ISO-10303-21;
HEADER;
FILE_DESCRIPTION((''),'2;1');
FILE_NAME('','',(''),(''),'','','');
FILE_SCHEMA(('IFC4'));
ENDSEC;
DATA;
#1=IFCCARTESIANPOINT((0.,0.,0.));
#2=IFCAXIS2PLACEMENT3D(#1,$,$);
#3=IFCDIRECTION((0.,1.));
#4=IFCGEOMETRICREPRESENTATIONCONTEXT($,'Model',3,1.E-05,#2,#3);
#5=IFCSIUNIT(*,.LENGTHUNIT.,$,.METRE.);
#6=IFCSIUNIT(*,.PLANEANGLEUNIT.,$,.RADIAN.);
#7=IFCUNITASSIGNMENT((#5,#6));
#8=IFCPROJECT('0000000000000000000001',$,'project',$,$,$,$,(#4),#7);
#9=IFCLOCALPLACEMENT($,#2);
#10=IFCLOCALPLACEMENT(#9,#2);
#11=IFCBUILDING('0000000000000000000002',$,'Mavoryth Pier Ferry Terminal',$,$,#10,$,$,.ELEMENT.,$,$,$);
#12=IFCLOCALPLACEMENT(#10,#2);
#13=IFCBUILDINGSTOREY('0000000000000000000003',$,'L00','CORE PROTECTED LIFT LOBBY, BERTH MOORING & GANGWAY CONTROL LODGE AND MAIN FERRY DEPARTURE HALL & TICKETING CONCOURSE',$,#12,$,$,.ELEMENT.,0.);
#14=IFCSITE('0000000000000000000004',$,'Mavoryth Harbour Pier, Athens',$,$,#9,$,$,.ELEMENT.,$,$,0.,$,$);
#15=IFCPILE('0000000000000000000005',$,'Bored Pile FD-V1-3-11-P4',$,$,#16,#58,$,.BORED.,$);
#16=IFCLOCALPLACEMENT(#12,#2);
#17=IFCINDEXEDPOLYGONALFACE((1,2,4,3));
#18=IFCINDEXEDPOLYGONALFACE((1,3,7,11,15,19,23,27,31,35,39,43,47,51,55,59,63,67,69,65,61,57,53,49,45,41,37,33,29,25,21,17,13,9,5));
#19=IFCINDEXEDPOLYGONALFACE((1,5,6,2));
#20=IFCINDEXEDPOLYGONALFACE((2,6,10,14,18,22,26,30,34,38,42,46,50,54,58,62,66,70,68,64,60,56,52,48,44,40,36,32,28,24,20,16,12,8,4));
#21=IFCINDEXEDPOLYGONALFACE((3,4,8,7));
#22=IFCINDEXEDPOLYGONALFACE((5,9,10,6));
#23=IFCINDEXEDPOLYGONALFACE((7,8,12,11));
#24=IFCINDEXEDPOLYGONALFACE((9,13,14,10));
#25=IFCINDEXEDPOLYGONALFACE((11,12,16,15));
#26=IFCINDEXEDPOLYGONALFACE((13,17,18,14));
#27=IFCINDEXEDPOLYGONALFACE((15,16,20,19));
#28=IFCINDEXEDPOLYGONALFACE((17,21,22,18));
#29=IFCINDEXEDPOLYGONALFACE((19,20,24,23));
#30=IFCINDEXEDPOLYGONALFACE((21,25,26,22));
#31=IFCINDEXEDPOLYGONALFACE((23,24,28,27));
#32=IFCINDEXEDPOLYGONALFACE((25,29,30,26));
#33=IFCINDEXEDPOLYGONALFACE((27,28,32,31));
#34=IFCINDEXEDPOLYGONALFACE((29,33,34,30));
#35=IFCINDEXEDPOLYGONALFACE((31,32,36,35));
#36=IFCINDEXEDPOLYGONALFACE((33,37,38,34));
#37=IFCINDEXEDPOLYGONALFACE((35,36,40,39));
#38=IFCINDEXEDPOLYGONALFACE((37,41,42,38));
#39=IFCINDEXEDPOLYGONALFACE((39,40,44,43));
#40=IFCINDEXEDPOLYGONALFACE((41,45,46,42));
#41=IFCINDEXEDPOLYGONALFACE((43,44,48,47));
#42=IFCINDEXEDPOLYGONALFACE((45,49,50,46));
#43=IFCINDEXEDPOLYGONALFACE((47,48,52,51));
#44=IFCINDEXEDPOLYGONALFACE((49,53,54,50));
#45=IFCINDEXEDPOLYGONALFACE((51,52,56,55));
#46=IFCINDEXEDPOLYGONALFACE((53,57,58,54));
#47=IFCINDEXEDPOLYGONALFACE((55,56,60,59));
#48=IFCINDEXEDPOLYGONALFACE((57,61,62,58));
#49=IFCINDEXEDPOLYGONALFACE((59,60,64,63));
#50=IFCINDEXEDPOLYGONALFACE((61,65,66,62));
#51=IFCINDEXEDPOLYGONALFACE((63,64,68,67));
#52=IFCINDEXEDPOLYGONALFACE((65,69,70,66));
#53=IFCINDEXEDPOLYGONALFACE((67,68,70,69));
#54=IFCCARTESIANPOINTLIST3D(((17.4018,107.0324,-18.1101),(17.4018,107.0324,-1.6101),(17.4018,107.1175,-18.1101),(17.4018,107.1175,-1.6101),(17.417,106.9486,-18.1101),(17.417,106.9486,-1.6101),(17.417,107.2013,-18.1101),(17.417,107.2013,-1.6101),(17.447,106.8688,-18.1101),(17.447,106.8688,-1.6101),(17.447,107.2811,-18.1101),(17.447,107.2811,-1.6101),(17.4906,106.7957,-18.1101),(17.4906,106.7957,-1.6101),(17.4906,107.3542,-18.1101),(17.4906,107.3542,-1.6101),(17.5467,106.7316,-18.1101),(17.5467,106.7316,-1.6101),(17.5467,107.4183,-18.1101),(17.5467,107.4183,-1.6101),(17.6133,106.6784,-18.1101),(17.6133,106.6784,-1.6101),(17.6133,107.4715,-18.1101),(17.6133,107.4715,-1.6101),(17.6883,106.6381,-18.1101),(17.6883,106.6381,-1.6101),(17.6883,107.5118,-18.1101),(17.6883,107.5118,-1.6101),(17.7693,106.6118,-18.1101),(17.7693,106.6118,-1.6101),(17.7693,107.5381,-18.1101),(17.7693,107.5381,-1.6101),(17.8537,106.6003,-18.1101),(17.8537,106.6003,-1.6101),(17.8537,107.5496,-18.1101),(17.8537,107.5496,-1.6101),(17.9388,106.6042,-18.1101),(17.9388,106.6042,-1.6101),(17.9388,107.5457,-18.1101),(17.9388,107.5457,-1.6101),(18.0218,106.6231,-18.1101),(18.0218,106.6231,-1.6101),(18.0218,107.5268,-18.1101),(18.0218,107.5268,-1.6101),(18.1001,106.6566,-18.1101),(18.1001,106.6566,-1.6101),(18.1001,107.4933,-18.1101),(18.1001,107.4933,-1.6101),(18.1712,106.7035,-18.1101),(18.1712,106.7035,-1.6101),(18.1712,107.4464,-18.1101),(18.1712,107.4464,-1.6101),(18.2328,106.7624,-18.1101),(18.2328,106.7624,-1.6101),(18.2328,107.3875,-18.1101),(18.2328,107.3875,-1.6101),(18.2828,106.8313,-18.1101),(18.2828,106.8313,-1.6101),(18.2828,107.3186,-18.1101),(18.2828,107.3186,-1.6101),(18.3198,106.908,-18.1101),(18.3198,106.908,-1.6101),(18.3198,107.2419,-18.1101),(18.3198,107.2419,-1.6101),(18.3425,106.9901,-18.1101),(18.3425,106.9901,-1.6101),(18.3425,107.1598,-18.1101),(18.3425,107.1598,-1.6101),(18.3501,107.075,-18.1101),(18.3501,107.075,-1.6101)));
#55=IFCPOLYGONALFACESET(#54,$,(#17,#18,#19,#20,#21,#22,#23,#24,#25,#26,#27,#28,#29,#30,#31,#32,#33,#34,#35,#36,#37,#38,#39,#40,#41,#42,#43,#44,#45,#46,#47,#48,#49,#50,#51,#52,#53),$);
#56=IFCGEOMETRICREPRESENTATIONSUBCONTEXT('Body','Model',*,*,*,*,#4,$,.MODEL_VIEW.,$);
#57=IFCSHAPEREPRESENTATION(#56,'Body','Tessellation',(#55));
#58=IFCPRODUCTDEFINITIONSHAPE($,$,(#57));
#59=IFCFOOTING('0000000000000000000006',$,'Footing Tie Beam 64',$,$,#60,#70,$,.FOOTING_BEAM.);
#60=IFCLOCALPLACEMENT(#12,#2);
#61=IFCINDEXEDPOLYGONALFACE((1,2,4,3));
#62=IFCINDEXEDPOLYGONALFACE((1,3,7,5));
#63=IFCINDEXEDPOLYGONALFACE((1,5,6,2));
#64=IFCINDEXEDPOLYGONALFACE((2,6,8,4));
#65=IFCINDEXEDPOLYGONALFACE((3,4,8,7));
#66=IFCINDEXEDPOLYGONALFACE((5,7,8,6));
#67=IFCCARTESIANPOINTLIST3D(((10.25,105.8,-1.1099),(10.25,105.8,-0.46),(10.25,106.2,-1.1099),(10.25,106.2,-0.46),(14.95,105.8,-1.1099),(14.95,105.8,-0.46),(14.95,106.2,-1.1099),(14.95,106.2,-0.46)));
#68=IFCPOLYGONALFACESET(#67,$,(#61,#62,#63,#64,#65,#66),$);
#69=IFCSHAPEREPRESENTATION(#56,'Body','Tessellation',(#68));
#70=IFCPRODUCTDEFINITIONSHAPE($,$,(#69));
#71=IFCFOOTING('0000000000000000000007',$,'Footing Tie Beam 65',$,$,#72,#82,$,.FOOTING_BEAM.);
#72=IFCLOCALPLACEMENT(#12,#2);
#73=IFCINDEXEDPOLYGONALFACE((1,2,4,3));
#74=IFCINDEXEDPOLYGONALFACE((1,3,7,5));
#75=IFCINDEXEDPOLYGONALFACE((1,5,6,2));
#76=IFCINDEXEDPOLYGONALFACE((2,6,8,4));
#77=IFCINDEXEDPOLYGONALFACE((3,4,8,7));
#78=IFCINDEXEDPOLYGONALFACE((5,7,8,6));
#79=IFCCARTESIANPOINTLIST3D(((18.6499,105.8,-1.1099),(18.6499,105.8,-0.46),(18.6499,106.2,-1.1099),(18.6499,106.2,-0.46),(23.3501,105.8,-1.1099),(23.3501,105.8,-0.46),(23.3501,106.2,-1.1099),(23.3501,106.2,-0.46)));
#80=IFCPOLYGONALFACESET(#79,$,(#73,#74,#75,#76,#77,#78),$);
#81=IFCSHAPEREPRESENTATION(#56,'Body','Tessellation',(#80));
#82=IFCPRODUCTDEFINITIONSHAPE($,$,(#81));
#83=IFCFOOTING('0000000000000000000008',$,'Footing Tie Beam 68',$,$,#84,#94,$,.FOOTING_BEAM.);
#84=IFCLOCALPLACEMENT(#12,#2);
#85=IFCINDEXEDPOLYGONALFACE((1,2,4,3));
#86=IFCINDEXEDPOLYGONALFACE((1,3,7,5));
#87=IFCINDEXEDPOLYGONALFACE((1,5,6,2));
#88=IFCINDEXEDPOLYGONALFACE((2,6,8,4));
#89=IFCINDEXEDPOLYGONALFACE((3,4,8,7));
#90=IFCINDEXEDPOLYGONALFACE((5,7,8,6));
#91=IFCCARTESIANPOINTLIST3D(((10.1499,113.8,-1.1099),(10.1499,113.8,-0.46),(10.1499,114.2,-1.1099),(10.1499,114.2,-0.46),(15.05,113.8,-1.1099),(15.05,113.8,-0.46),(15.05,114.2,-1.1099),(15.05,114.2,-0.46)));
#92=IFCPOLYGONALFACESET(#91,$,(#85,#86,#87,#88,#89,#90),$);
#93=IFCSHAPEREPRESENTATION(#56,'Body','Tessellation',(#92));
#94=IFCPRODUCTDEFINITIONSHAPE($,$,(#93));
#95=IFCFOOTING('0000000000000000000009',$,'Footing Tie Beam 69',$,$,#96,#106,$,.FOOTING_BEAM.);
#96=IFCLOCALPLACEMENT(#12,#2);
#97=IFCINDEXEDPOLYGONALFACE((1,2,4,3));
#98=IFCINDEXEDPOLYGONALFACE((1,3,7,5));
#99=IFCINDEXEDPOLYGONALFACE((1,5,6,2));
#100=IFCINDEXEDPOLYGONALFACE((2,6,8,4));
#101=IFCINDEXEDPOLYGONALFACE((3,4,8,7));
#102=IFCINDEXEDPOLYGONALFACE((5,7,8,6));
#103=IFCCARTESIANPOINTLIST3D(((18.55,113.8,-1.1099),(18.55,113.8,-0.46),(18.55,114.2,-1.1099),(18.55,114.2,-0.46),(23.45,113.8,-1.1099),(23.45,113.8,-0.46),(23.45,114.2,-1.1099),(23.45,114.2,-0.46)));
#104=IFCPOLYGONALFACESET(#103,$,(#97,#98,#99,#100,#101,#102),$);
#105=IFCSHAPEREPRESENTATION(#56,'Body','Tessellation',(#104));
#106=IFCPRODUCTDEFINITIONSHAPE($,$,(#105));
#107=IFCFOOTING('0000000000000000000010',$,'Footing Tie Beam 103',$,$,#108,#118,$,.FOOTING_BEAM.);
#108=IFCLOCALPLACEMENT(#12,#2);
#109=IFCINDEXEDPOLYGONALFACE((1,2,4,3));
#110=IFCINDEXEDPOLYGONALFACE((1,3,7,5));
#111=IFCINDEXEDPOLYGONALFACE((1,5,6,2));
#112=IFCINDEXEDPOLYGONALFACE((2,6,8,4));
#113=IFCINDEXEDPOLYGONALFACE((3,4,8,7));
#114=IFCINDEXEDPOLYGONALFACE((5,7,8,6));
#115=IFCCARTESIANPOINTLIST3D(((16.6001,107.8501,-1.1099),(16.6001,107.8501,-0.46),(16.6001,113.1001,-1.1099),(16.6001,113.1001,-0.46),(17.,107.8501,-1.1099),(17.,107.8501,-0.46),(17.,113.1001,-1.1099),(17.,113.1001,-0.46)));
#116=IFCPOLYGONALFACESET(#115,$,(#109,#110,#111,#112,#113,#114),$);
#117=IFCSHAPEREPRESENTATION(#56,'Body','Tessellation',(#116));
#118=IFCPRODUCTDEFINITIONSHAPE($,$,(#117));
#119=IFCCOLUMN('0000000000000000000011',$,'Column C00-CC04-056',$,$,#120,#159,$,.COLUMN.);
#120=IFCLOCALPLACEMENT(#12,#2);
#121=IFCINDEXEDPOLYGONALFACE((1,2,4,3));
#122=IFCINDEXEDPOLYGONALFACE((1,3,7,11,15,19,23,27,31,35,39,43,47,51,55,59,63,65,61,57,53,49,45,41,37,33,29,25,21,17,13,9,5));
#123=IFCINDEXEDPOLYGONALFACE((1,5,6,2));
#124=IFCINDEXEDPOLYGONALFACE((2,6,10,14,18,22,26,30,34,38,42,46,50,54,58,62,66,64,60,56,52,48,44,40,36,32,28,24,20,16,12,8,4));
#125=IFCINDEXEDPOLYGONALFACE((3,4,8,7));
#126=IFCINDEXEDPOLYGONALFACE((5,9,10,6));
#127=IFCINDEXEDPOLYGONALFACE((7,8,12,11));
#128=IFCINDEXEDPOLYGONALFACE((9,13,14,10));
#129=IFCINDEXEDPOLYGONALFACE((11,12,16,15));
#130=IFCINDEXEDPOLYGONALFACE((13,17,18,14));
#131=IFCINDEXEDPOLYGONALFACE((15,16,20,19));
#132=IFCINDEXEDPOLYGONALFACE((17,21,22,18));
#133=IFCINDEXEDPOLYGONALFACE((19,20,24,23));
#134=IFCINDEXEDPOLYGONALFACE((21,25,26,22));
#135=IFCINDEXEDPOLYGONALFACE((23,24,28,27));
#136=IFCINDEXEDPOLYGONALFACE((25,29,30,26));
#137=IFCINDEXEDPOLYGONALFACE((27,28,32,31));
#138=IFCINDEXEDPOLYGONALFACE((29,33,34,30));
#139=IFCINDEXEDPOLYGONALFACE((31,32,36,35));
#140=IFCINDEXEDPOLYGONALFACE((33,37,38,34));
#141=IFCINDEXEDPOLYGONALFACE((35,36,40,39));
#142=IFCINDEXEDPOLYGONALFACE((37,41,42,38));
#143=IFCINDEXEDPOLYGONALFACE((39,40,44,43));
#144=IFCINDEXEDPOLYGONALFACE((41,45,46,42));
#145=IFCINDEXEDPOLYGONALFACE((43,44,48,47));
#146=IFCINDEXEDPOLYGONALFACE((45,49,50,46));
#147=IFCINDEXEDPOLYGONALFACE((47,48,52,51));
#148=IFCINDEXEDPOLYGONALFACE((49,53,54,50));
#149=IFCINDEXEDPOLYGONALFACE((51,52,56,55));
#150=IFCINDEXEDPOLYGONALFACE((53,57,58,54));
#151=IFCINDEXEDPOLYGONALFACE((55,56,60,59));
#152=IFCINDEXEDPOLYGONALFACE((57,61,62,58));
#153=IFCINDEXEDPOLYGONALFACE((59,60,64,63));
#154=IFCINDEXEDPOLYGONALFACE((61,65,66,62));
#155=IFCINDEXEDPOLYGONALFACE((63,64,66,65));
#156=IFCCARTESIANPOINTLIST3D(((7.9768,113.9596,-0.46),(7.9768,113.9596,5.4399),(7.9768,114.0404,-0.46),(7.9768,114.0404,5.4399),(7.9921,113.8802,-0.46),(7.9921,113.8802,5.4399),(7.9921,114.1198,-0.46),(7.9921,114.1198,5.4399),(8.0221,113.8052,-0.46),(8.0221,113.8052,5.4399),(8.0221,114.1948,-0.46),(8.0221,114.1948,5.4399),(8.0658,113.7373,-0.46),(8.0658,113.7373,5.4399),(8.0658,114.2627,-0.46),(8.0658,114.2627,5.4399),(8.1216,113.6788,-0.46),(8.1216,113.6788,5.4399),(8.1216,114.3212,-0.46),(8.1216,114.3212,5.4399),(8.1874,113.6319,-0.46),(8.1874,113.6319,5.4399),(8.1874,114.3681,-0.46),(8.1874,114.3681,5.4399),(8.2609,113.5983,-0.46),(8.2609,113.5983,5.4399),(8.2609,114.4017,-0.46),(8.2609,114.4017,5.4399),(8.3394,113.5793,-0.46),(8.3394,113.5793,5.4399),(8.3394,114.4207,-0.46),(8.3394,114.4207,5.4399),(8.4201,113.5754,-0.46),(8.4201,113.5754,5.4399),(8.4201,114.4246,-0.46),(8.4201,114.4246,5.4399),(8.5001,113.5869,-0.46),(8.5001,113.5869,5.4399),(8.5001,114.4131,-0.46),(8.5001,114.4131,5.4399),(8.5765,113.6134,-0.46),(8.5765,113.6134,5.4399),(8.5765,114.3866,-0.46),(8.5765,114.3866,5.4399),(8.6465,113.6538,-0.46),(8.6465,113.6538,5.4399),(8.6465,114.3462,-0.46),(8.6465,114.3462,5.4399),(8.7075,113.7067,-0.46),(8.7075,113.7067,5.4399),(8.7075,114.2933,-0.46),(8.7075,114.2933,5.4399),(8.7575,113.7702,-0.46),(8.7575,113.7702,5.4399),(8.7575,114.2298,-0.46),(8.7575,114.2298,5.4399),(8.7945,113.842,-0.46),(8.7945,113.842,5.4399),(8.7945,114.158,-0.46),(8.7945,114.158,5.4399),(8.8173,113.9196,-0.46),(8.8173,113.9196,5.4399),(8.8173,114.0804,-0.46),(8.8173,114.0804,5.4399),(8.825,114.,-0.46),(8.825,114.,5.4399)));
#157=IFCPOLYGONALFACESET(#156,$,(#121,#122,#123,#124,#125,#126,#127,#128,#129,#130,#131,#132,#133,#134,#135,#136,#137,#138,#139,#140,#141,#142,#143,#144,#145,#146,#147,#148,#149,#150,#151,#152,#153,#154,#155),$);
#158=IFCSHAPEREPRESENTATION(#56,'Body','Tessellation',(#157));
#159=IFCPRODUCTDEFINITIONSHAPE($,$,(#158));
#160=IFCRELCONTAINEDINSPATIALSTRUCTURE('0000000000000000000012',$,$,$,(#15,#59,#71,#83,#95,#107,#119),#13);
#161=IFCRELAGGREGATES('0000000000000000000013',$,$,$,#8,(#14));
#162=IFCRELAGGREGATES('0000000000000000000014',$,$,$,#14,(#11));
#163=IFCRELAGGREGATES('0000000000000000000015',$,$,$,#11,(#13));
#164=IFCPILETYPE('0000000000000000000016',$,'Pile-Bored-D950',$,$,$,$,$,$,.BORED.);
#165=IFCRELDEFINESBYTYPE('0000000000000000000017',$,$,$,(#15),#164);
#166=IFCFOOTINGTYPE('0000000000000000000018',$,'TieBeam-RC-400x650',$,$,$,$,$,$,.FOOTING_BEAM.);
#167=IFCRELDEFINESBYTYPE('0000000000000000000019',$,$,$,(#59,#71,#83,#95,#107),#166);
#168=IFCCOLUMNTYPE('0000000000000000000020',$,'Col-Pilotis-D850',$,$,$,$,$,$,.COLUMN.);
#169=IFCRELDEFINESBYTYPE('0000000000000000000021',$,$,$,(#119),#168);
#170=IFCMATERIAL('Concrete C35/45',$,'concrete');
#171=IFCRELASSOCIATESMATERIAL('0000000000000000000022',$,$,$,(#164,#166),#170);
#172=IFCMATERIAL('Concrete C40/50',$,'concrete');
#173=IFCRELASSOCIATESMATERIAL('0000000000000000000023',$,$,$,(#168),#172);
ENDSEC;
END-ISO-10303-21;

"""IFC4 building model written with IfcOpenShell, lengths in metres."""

from ifc_helpers import new_model, si_unit, direction, frame, origin, origin_2d, place, context, subcontext, project, spatial, rectangle, circle, extrude, material, material_profile, profile_set, type_object, element, save


model = new_model("IFC4")

# Units and contexts
model_context = context("Model", 3, precision=1e-05, world=origin(), true_north=direction((0.0, 1.0)))
body_context = subcontext(model_context, "Body", "Model", "MODEL_VIEW")
ifc_project = project(units=[si_unit("LENGTHUNIT", "METRE"), si_unit("PLANEANGLEUNIT", "RADIAN")], contexts=[model_context])

# Site, building, storey
site_placement = place(None, origin())
site = spatial("IfcSite", under=ifc_project, at=site_placement, Name="Mavoryth Harbour Pier, Athens", CompositionType="ELEMENT", RefElevation=0.0)
building_placement = place(site_placement, origin())
building = spatial("IfcBuilding", under=site, at=building_placement, Name="Mavoryth Pier Ferry Terminal", CompositionType="ELEMENT")
storey_placement = place(building_placement, origin())
storey = spatial("IfcBuildingStorey", under=building, at=storey_placement, Name="L00", Description="CORE PROTECTED LIFT LOBBY, BERTH MOORING & GANGWAY CONTROL LODGE AND MAIN FERRY DEPARTURE HALL & TICKETING CONCOURSE", CompositionType="ELEMENT", Elevation=0.0)

# Shared definitions
ifc_material_1 = material(Name="Concrete C35/45", Category="concrete")

# Pile
ifc_material_profile_1 = material_profile(ifc_material_1, circle(Radius=0.4751, at=origin_2d()), Name="PILE D950", Category="concrete")
ifc_profile_set_1 = profile_set([ifc_material_profile_1], Name="Concrete C35/45 - PILE D950")
pile_type_1 = type_object("IfcPileType", Name="Pile-Bored-D950", PredefinedType="BORED", material=ifc_profile_set_1)
for number, where, z_axis, x_axis, name in (
    (1, (17.875, 107.075, -1.6101), (0.0, 0.0, -1.0), (1.0, 0.0, 0.0), "Bored Pile FD-V1-3-11-P4"),
):
    element("IfcPile", number, at=place(storey_placement, frame(where, z_axis=z_axis, x_axis=x_axis)), inside=storey, type_object=pile_type_1, Name=name, PredefinedType="BORED", context=body_context, shape_type="SweptSolid", body=[
        extrude(circle(Radius=0.4751, at=origin_2d()), origin(), (0.0, 0.0, 1.0), 16.5),
    ])

# Footings
ifc_material_profile_2 = material_profile(ifc_material_1, rectangle(XDim=0.3999, YDim=0.6499, at=origin_2d()), Name="RC 400x650", Category="concrete")
ifc_profile_set_2 = profile_set([ifc_material_profile_2], Name="Concrete C35/45 - RC 400x650")
footing_type_1 = type_object("IfcFootingType", Name="TieBeam-RC-400x650", PredefinedType="FOOTING_BEAM", material=ifc_profile_set_2)
footing_1_placement = place(storey_placement, frame((10.25, 106.0, -0.7849), z_axis=(1.0, 0.0, 0.0), x_axis=(0.0, 1.0, 0.0)))
element("IfcFooting", 2, at=footing_1_placement, inside=storey, type_object=footing_type_1, Name="Footing Tie Beam 64", PredefinedType="FOOTING_BEAM", context=body_context, shape_type="SweptSolid", body=[
    extrude(rectangle(XDim=0.3999, YDim=0.6499, at=origin_2d()), origin(), (0.0, 0.0, 1.0), 4.7),
])
footing_2_placement = place(storey_placement, frame((18.6499, 106.0, -0.7849), z_axis=(1.0, 0.0, 0.0), x_axis=(0.0, 1.0, 0.0)))
element("IfcFooting", 3, at=footing_2_placement, inside=storey, type_object=footing_type_1, Name="Footing Tie Beam 65", PredefinedType="FOOTING_BEAM", context=body_context, shape_type="SweptSolid", body=[
    extrude(rectangle(XDim=0.3999, YDim=0.6499, at=origin_2d()), origin(), (0.0, 0.0, 1.0), 4.7002),
])
footing_3_placement = place(storey_placement, frame((10.1499, 114.0, -0.7849), z_axis=(1.0, 0.0, 0.0), x_axis=(0.0, 1.0, 0.0)))
element("IfcFooting", 4, at=footing_3_placement, inside=storey, type_object=footing_type_1, Name="Footing Tie Beam 68", PredefinedType="FOOTING_BEAM", context=body_context, shape_type="SweptSolid", body=[
    extrude(rectangle(XDim=0.3999, YDim=0.6499, at=origin_2d()), origin(), (0.0, 0.0, 1.0), 4.9001),
])
footing_4_placement = place(storey_placement, frame((18.55, 114.0, -0.7849), z_axis=(1.0, 0.0, 0.0), x_axis=(0.0, 1.0, 0.0)))
element("IfcFooting", 5, at=footing_4_placement, inside=storey, type_object=footing_type_1, Name="Footing Tie Beam 69", PredefinedType="FOOTING_BEAM", context=body_context, shape_type="SweptSolid", body=[
    extrude(rectangle(XDim=0.3999, YDim=0.6499, at=origin_2d()), origin(), (0.0, 0.0, 1.0), 4.8999),
])
footing_5_placement = place(storey_placement, frame((16.8, 107.8501, -0.7849), z_axis=(0.0, 1.0, 0.0), x_axis=(-1.0, 0.0, 0.0)))
element("IfcFooting", 6, at=footing_5_placement, inside=storey, type_object=footing_type_1, Name="Footing Tie Beam 103", PredefinedType="FOOTING_BEAM", context=body_context, shape_type="SweptSolid", body=[
    extrude(rectangle(XDim=0.3999, YDim=0.6499, at=origin_2d()), origin(), (0.0, 0.0, 1.0), 5.25),
])

# Column
ifc_material_2 = material(Name="Concrete C40/50", Category="concrete")
ifc_material_profile_3 = material_profile(ifc_material_2, circle(Radius=0.425, at=origin_2d()), Name="RC D850", Category="concrete")
ifc_profile_set_3 = profile_set([ifc_material_profile_3], Name="Concrete C40/50 - RC D850")
column_type_1 = type_object("IfcColumnType", Name="Col-Pilotis-D850", PredefinedType="COLUMN", material=ifc_profile_set_3)
for number, where, z_axis, x_axis, name in (
    (7, (8.3999, 114.0, -0.46), (0.0, 0.0, 1.0), (1.0, 0.0, 0.0), "Column C00-CC04-056"),
):
    element("IfcColumn", number, at=place(storey_placement, frame(where, z_axis=z_axis, x_axis=x_axis)), inside=storey, type_object=column_type_1, Name=name, PredefinedType="COLUMN", context=body_context, shape_type="SweptSolid", body=[
        extrude(circle(Radius=0.425, at=origin_2d()), origin(), (0.0, 0.0, 1.0), 5.8999),
    ])

save(model, "model.ifc")
